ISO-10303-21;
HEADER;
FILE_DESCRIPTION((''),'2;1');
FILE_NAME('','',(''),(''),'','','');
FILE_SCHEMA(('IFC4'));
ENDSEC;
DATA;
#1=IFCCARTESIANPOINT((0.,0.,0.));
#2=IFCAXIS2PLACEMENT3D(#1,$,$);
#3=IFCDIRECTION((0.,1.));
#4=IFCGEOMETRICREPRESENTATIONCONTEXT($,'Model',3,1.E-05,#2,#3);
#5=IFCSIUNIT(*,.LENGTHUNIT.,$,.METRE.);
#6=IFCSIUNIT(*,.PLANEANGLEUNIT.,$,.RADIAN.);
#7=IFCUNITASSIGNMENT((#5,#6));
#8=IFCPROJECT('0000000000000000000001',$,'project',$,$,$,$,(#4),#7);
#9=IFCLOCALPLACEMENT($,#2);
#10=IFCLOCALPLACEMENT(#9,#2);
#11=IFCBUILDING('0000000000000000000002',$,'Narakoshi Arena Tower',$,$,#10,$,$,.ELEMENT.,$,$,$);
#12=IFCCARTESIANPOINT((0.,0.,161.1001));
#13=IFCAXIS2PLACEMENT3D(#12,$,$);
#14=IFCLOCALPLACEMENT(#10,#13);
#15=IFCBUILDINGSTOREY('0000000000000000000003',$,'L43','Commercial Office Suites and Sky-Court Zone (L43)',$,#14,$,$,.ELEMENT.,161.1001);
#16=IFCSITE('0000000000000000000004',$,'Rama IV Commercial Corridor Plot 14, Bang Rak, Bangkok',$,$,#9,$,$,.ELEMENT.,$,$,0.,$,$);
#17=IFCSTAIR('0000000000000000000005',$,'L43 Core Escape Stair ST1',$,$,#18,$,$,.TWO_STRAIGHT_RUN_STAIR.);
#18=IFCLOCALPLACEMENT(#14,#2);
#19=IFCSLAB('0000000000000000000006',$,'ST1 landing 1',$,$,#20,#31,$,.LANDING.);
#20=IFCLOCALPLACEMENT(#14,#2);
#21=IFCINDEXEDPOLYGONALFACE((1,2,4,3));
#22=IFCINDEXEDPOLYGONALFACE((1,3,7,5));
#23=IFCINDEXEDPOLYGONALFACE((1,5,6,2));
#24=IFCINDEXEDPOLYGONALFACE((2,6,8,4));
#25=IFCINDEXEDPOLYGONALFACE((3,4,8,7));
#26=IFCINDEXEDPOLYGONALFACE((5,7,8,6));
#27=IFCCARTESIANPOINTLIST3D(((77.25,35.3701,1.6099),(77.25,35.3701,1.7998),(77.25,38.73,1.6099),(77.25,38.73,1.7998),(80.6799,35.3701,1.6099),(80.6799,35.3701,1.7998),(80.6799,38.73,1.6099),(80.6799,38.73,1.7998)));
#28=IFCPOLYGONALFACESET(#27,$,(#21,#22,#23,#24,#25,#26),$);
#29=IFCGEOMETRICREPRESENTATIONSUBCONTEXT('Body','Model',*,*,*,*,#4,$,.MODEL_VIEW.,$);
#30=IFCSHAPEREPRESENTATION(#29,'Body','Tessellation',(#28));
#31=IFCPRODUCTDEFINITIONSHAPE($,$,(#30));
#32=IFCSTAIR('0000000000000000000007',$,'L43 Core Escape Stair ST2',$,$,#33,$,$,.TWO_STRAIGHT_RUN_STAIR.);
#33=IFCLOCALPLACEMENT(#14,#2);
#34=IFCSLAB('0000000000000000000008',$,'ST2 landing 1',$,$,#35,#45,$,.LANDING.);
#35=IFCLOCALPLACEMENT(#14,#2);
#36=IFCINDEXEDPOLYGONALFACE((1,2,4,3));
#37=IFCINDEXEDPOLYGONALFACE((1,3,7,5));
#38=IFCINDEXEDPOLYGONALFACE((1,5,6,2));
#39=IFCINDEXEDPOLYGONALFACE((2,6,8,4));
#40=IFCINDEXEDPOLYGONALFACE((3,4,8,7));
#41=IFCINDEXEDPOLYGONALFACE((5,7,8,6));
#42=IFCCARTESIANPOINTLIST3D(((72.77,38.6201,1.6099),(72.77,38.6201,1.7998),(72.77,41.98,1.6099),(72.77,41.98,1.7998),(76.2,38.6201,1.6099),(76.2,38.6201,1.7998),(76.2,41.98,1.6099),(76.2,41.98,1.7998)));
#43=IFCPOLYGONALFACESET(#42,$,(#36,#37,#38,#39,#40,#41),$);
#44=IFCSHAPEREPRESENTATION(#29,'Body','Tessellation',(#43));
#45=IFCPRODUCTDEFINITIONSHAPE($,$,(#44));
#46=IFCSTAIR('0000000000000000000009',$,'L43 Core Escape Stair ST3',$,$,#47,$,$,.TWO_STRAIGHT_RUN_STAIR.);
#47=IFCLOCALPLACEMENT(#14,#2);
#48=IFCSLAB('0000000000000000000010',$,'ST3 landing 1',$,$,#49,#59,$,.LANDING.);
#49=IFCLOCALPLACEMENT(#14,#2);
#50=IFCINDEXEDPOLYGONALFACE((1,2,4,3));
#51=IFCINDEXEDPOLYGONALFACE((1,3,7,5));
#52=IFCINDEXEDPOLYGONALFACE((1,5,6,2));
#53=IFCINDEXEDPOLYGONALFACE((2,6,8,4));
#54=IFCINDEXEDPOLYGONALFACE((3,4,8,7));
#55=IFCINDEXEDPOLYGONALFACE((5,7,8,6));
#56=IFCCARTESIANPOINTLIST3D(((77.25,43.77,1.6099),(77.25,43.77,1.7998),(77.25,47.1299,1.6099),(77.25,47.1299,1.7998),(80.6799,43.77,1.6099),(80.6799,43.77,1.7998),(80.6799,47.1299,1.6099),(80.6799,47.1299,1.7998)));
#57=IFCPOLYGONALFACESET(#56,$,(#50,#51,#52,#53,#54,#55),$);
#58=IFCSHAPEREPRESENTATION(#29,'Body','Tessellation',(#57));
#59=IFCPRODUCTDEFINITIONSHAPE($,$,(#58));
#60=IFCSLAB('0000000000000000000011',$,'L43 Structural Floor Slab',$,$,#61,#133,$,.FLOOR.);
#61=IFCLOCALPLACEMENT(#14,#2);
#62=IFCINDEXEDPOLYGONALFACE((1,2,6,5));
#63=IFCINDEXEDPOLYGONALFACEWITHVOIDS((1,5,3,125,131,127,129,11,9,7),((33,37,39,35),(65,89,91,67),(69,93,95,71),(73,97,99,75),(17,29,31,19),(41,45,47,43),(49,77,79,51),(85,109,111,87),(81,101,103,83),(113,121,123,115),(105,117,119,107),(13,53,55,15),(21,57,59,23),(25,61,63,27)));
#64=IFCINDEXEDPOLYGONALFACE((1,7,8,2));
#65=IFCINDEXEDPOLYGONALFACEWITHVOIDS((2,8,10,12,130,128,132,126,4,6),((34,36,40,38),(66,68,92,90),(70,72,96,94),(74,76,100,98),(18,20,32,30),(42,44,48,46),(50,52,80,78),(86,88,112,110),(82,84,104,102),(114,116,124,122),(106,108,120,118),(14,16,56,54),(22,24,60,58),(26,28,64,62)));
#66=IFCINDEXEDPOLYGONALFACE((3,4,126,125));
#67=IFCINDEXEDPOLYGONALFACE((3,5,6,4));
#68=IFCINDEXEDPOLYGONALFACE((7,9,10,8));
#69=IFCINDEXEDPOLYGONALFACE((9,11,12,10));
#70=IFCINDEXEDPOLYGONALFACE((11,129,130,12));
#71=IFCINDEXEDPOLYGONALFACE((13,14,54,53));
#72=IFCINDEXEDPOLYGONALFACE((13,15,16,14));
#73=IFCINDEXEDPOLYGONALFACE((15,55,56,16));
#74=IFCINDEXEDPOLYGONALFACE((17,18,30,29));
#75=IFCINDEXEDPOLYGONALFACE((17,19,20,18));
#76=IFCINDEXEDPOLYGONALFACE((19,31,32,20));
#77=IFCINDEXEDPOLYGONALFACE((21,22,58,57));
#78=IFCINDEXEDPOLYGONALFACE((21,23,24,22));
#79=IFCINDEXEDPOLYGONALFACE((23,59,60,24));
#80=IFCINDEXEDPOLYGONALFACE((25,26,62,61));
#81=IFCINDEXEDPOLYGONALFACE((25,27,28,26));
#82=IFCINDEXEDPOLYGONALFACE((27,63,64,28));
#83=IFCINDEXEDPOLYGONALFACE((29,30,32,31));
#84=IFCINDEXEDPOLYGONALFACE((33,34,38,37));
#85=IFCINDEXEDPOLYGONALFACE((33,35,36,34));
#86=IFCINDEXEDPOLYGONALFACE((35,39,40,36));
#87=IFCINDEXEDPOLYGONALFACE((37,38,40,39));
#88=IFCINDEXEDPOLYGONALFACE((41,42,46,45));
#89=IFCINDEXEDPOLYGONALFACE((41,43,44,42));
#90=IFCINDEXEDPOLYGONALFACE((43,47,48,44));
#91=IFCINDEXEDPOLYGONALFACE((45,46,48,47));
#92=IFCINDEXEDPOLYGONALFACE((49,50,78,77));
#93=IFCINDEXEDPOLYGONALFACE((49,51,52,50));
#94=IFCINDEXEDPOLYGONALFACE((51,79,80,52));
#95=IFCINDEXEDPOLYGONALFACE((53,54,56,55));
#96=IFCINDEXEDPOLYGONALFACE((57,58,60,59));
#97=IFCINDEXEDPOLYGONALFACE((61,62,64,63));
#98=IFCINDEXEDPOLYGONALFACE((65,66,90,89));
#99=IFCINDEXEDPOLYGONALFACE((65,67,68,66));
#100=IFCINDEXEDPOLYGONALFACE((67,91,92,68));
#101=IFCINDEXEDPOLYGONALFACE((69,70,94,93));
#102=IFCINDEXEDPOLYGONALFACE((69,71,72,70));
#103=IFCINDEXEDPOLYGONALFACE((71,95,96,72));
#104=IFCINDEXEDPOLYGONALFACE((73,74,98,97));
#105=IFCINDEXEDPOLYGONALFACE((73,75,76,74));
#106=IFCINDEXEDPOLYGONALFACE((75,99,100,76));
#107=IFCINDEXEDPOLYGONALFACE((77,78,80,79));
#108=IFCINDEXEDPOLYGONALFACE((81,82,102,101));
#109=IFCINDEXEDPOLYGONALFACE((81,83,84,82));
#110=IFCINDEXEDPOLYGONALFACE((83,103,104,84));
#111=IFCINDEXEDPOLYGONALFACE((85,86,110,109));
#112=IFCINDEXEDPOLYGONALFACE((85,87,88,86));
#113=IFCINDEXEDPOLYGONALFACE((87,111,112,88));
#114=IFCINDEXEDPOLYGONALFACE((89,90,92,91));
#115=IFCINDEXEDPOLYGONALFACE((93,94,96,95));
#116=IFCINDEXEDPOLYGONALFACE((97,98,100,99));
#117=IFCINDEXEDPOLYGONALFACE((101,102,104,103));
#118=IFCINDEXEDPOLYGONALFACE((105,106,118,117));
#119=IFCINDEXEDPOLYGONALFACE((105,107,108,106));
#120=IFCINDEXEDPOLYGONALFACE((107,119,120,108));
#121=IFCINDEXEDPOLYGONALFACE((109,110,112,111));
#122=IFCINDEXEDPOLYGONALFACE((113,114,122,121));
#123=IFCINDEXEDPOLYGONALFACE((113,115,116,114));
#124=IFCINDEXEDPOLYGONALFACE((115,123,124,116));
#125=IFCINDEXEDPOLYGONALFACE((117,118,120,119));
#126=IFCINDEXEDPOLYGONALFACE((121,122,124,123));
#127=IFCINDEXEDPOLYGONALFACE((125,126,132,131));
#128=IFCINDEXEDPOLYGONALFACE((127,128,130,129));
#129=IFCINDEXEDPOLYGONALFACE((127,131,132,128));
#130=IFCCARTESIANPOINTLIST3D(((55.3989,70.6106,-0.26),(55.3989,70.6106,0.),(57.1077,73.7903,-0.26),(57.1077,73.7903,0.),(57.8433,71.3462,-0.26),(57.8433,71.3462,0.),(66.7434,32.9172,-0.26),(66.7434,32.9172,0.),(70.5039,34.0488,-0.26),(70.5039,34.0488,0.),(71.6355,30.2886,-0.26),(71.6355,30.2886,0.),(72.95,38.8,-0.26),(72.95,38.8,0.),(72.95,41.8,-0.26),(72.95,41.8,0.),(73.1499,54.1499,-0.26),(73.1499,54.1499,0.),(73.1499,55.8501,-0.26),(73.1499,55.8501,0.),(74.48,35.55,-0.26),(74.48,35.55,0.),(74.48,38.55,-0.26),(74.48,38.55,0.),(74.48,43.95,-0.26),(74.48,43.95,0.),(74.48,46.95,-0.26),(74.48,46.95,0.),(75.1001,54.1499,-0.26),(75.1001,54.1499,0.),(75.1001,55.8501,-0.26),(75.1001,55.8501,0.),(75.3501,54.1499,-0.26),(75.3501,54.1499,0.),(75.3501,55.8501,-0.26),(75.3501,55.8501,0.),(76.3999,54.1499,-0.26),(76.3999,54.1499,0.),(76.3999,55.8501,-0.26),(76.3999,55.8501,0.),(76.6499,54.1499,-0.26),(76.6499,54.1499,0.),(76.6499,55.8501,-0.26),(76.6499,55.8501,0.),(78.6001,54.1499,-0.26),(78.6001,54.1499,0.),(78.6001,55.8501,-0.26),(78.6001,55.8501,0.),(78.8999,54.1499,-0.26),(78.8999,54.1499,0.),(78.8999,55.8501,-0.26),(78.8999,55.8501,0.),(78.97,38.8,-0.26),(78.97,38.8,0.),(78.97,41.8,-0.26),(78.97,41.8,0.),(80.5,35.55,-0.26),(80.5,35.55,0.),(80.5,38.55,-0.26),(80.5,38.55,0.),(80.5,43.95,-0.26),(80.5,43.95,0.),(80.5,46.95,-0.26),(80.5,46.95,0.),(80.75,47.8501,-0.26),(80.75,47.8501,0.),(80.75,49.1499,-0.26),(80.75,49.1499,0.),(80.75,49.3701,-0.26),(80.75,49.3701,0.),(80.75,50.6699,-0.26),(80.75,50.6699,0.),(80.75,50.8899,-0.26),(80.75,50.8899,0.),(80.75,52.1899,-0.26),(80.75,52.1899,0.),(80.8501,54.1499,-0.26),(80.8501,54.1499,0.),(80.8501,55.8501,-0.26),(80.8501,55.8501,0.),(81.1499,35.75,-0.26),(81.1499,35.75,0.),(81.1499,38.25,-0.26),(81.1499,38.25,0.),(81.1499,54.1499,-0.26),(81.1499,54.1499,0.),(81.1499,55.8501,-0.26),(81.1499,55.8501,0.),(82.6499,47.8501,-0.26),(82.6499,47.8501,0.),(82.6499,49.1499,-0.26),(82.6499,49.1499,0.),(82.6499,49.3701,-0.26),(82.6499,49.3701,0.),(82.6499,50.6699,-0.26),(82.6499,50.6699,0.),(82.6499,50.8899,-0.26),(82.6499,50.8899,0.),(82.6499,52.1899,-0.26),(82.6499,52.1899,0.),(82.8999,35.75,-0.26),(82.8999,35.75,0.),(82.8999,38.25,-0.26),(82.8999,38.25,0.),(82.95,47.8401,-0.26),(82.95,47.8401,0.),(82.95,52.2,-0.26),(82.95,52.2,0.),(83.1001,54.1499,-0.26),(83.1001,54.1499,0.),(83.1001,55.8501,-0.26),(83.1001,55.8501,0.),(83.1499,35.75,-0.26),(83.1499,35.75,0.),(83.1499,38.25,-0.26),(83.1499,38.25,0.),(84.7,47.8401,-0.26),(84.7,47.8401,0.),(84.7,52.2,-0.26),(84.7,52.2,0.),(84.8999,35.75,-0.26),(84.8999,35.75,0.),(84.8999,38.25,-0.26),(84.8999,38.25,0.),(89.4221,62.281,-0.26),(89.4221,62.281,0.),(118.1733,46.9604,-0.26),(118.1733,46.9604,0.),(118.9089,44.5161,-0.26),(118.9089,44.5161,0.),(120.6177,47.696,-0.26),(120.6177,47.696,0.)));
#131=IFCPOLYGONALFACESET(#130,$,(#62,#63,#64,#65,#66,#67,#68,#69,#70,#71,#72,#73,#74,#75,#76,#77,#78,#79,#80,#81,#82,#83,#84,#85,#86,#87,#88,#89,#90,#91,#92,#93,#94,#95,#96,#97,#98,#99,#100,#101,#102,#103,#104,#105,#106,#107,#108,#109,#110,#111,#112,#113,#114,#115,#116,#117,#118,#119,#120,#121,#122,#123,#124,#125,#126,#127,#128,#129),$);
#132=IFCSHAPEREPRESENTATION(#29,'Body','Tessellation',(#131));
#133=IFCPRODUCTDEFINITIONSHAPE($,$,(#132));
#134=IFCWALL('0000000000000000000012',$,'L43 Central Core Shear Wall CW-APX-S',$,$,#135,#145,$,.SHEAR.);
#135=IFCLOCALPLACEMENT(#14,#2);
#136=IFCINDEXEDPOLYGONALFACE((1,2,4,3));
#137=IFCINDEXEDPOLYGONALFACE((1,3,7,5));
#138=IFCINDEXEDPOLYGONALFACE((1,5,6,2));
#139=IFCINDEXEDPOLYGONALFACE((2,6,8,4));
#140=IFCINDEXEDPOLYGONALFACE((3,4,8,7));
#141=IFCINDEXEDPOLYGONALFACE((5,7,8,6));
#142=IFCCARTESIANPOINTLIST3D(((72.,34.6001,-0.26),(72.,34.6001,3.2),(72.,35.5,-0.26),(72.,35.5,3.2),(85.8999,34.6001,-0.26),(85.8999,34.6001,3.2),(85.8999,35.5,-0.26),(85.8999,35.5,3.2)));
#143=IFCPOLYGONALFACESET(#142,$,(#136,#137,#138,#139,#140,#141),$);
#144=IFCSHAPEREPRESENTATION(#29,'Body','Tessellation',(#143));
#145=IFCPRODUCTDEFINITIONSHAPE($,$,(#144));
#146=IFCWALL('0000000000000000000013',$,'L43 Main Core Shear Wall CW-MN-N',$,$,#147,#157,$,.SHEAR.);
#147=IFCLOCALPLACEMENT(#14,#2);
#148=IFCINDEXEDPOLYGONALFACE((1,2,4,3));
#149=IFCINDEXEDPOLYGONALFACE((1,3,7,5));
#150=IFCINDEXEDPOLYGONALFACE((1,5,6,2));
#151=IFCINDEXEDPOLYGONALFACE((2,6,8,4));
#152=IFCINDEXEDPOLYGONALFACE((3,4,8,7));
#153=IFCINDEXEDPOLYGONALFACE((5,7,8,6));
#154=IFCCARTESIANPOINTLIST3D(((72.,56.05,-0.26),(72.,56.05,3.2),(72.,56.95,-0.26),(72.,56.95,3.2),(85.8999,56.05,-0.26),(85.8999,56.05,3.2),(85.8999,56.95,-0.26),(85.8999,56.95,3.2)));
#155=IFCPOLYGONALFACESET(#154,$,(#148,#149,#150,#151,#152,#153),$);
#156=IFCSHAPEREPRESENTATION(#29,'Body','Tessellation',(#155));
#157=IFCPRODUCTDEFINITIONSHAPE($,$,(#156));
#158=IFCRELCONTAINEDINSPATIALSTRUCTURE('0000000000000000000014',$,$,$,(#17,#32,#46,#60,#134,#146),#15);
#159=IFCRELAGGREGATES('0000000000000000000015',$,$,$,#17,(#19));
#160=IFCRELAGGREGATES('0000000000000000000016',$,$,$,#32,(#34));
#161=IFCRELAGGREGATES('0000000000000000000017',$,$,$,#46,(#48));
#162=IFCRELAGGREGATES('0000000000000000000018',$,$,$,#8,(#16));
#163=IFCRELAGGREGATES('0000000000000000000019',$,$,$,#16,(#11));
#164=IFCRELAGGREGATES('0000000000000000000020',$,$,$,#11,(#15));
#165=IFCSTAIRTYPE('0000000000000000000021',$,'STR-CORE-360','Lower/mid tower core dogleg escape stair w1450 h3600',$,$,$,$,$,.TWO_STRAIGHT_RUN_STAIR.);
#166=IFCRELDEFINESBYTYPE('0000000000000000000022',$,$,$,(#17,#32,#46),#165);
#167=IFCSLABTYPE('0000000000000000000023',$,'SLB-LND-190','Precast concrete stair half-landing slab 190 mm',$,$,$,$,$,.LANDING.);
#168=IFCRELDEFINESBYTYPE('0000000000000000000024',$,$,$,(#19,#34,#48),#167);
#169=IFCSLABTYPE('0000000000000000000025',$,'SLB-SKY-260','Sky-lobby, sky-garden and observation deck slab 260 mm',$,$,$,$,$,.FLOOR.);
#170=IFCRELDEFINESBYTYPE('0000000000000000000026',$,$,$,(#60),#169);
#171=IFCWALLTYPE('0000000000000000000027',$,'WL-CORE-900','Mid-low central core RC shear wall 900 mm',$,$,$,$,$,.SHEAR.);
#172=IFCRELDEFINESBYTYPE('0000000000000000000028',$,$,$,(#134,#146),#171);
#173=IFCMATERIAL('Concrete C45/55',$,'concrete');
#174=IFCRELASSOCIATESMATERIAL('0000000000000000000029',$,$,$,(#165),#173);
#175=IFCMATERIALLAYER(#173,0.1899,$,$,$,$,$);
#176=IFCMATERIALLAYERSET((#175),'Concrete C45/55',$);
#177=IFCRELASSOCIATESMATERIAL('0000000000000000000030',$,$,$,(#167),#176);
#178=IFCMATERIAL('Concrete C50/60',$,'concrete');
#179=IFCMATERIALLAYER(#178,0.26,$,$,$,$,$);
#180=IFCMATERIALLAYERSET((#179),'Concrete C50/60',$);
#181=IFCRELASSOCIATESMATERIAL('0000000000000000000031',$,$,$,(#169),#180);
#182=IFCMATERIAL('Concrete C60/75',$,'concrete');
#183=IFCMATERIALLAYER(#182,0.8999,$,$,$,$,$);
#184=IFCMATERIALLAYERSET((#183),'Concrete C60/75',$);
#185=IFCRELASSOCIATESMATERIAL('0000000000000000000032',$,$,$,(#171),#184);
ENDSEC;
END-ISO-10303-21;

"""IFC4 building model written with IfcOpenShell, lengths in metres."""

from ifc_helpers import new_model, si_unit, direction, frame, frame_2d, origin, place, context, subcontext, project, spatial, polyline, rectangle, outline, extrude, material, layer, layer_set, type_object, element, aggregate, save


model = new_model("IFC4")

# Units and contexts
model_context = context("Model", 3, precision=1e-05, world=origin(), true_north=direction((0.0, 1.0)))
body_context = subcontext(model_context, "Body", "Model", "MODEL_VIEW")
ifc_project = project(units=[si_unit("LENGTHUNIT", "METRE"), si_unit("PLANEANGLEUNIT", "RADIAN")], contexts=[model_context])

# Site, building, storey
site_placement = place(None, origin())
site = spatial("IfcSite", under=ifc_project, at=site_placement, Name="Rama IV Commercial Corridor Plot 14, Bang Rak, Bangkok", CompositionType="ELEMENT", RefElevation=0.0)
building_placement = place(site_placement, origin())
building = spatial("IfcBuilding", under=site, at=building_placement, Name="Narakoshi Arena Tower", CompositionType="ELEMENT")
storey_placement = place(building_placement, frame((0.0, 0.0, 161.1001)))
storey = spatial("IfcBuildingStorey", under=building, at=storey_placement, Name="L43", Description="Commercial Office Suites and Sky-Court Zone (L43)", CompositionType="ELEMENT", Elevation=161.1001)

# Shared definitions
ifc_material_1 = material(Name="Concrete C60/75", Category="concrete")

# Stairs, slabs
ifc_material_2 = material(Name="Concrete C45/55", Category="concrete")
stair_type = type_object("IfcStairType", Name="STR-CORE-360", Description="Lower/mid tower core dogleg escape stair w1450 h3600", PredefinedType="TWO_STRAIGHT_RUN_STAIR", material=ifc_material_2)
stair_1_placement = place(storey_placement, origin())
stair_1 = element("IfcStair", 1, at=stair_1_placement, inside=storey, type_object=stair_type, Name="L43 Core Escape Stair ST1", PredefinedType="TWO_STRAIGHT_RUN_STAIR")
ifc_layer_1 = layer(ifc_material_2, 0.1899)
ifc_layer_set_1 = layer_set([ifc_layer_1], Name="Concrete C45/55")
slab_type_1 = type_object("IfcSlabType", Name="SLB-LND-190", Description="Precast concrete stair half-landing slab 190 mm", PredefinedType="LANDING", material=ifc_layer_set_1)
slab_1_placement = place(storey_placement, frame((0.0, 0.0, 1.6099)))
slab_1 = element("IfcSlab", 2, at=slab_1_placement, type_object=slab_type_1, Name="ST1 landing 1", PredefinedType="LANDING", context=body_context, shape_type="SweptSolid", body=[
    extrude(outline(polyline([(77.25, 35.3701), (80.6799, 35.3701), (80.6799, 38.73), (77.25, 38.73), (77.25, 35.3701)])), origin(), (0.0, 0.0, 1.0), 0.1899),
])
aggregate(stair_1, [slab_1])
stair_2_placement = place(storey_placement, origin())
stair_2 = element("IfcStair", 3, at=stair_2_placement, inside=storey, type_object=stair_type, Name="L43 Core Escape Stair ST2", PredefinedType="TWO_STRAIGHT_RUN_STAIR")
slab_2_placement = place(storey_placement, frame((0.0, 0.0, 1.6099)))
slab_2 = element("IfcSlab", 4, at=slab_2_placement, type_object=slab_type_1, Name="ST2 landing 1", PredefinedType="LANDING", context=body_context, shape_type="SweptSolid", body=[
    extrude(outline(polyline([(72.77, 38.6201), (76.2, 38.6201), (76.2, 41.98), (72.77, 41.98), (72.77, 38.6201)])), origin(), (0.0, 0.0, 1.0), 0.1899),
])
aggregate(stair_2, [slab_2])
stair_3_placement = place(storey_placement, origin())
stair_3 = element("IfcStair", 5, at=stair_3_placement, inside=storey, type_object=stair_type, Name="L43 Core Escape Stair ST3", PredefinedType="TWO_STRAIGHT_RUN_STAIR")
slab_3_placement = place(storey_placement, frame((0.0, 0.0, 1.6099)))
slab_3 = element("IfcSlab", 6, at=slab_3_placement, type_object=slab_type_1, Name="ST3 landing 1", PredefinedType="LANDING", context=body_context, shape_type="SweptSolid", body=[
    extrude(outline(polyline([(77.25, 43.77), (80.6799, 43.77), (80.6799, 47.1299), (77.25, 47.1299), (77.25, 43.77)])), origin(), (0.0, 0.0, 1.0), 0.1899),
])
aggregate(stair_3, [slab_3])

# Slab
ifc_material_3 = material(Name="Concrete C50/60", Category="concrete")
ifc_layer_2 = layer(ifc_material_3, 0.26)
ifc_layer_set_2 = layer_set([ifc_layer_2], Name="Concrete C50/60")
slab_type_2 = type_object("IfcSlabType", Name="SLB-SKY-260", Description="Sky-lobby, sky-garden and observation deck slab 260 mm", PredefinedType="FLOOR", material=ifc_layer_set_2)
slab_4_placement = place(storey_placement, frame((0.0, 0.0, -0.26)))
element("IfcSlab", 7, at=slab_4_placement, inside=storey, type_object=slab_type_2, Name="L43 Structural Floor Slab", PredefinedType="FLOOR", context=body_context, shape_type="SweptSolid", body=[
    extrude(outline(polyline([(71.6355, 30.2886), (118.9089, 44.5161), (118.1733, 46.9604), (120.6177, 47.696), (89.4221, 62.281), (57.1077, 73.7903), (57.8433, 71.3462), (55.3989, 70.6106), (66.7434, 32.9172), (70.5039, 34.0488), (71.6355, 30.2886)]), holes=[polyline([(80.5, 35.55), (74.48, 35.55), (74.48, 38.55), (80.5, 38.55), (80.5, 35.55)]), polyline([(82.8999, 35.75), (81.1499, 35.75), (81.1499, 38.25), (82.8999, 38.25), (82.8999, 35.75)]), polyline([(83.1499, 35.75), (83.1499, 38.25), (84.8999, 38.25), (84.8999, 35.75), (83.1499, 35.75)]), polyline([(72.95, 38.8), (72.95, 41.8), (78.97, 41.8), (78.97, 38.8), (72.95, 38.8)]), polyline([(74.48, 43.95), (74.48, 46.95), (80.5, 46.95), (80.5, 43.95), (74.48, 43.95)]), polyline([(82.95, 47.8401), (82.95, 52.2), (84.7, 52.2), (84.7, 47.8401), (82.95, 47.8401)]), polyline([(80.75, 47.8501), (80.75, 49.1499), (82.6499, 49.1499), (82.6499, 47.8501), (80.75, 47.8501)]), polyline([(80.75, 49.3701), (80.75, 50.6699), (82.6499, 50.6699), (82.6499, 49.3701), (80.75, 49.3701)]), polyline([(80.75, 50.8899), (80.75, 52.1899), (82.6499, 52.1899), (82.6499, 50.8899), (80.75, 50.8899)]), polyline([(73.1499, 54.1499), (73.1499, 55.8501), (75.1001, 55.8501), (75.1001, 54.1499), (73.1499, 54.1499)]), polyline([(75.3501, 54.1499), (75.3501, 55.8501), (76.3999, 55.8501), (76.3999, 54.1499), (75.3501, 54.1499)]), polyline([(76.6499, 54.1499), (76.6499, 55.8501), (78.6001, 55.8501), (78.6001, 54.1499), (76.6499, 54.1499)]), polyline([(78.8999, 54.1499), (78.8999, 55.8501), (80.8501, 55.8501), (80.8501, 54.1499), (78.8999, 54.1499)]), polyline([(81.1499, 54.1499), (81.1499, 55.8501), (83.1001, 55.8501), (83.1001, 54.1499), (81.1499, 54.1499)])]), origin(), (0.0, 0.0, 1.0), 0.26),
])

# Walls
ifc_layer_3 = layer(ifc_material_1, 0.8999)
ifc_layer_set_3 = layer_set([ifc_layer_3], Name="Concrete C60/75")
wall_type_1 = type_object("IfcWallType", Name="WL-CORE-900", Description="Mid-low central core RC shear wall 900 mm", PredefinedType="SHEAR", material=ifc_layer_set_3)
for number, where, z_axis, x_axis, name in (
    (8, (72.0, 35.05, -0.26), (0.0, 0.0, 1.0), (1.0, 0.0, 0.0), "L43 Central Core Shear Wall CW-APX-S"),
    (9, (72.0, 56.5, -0.26), (0.0, 0.0, 1.0), (1.0, 0.0, 0.0), "L43 Main Core Shear Wall CW-MN-N"),
):
    element("IfcWall", number, at=place(storey_placement, frame(where, z_axis=z_axis, x_axis=x_axis)), inside=storey, type_object=wall_type_1, Name=name, PredefinedType="SHEAR", context=body_context, shape_type="SweptSolid", body=[
        extrude(rectangle(XDim=13.8999, YDim=0.8999, at=frame_2d((6.95, 0.0))), origin(), (0.0, 0.0, 1.0), 3.46),
    ])

save(model, "model.ifc")
